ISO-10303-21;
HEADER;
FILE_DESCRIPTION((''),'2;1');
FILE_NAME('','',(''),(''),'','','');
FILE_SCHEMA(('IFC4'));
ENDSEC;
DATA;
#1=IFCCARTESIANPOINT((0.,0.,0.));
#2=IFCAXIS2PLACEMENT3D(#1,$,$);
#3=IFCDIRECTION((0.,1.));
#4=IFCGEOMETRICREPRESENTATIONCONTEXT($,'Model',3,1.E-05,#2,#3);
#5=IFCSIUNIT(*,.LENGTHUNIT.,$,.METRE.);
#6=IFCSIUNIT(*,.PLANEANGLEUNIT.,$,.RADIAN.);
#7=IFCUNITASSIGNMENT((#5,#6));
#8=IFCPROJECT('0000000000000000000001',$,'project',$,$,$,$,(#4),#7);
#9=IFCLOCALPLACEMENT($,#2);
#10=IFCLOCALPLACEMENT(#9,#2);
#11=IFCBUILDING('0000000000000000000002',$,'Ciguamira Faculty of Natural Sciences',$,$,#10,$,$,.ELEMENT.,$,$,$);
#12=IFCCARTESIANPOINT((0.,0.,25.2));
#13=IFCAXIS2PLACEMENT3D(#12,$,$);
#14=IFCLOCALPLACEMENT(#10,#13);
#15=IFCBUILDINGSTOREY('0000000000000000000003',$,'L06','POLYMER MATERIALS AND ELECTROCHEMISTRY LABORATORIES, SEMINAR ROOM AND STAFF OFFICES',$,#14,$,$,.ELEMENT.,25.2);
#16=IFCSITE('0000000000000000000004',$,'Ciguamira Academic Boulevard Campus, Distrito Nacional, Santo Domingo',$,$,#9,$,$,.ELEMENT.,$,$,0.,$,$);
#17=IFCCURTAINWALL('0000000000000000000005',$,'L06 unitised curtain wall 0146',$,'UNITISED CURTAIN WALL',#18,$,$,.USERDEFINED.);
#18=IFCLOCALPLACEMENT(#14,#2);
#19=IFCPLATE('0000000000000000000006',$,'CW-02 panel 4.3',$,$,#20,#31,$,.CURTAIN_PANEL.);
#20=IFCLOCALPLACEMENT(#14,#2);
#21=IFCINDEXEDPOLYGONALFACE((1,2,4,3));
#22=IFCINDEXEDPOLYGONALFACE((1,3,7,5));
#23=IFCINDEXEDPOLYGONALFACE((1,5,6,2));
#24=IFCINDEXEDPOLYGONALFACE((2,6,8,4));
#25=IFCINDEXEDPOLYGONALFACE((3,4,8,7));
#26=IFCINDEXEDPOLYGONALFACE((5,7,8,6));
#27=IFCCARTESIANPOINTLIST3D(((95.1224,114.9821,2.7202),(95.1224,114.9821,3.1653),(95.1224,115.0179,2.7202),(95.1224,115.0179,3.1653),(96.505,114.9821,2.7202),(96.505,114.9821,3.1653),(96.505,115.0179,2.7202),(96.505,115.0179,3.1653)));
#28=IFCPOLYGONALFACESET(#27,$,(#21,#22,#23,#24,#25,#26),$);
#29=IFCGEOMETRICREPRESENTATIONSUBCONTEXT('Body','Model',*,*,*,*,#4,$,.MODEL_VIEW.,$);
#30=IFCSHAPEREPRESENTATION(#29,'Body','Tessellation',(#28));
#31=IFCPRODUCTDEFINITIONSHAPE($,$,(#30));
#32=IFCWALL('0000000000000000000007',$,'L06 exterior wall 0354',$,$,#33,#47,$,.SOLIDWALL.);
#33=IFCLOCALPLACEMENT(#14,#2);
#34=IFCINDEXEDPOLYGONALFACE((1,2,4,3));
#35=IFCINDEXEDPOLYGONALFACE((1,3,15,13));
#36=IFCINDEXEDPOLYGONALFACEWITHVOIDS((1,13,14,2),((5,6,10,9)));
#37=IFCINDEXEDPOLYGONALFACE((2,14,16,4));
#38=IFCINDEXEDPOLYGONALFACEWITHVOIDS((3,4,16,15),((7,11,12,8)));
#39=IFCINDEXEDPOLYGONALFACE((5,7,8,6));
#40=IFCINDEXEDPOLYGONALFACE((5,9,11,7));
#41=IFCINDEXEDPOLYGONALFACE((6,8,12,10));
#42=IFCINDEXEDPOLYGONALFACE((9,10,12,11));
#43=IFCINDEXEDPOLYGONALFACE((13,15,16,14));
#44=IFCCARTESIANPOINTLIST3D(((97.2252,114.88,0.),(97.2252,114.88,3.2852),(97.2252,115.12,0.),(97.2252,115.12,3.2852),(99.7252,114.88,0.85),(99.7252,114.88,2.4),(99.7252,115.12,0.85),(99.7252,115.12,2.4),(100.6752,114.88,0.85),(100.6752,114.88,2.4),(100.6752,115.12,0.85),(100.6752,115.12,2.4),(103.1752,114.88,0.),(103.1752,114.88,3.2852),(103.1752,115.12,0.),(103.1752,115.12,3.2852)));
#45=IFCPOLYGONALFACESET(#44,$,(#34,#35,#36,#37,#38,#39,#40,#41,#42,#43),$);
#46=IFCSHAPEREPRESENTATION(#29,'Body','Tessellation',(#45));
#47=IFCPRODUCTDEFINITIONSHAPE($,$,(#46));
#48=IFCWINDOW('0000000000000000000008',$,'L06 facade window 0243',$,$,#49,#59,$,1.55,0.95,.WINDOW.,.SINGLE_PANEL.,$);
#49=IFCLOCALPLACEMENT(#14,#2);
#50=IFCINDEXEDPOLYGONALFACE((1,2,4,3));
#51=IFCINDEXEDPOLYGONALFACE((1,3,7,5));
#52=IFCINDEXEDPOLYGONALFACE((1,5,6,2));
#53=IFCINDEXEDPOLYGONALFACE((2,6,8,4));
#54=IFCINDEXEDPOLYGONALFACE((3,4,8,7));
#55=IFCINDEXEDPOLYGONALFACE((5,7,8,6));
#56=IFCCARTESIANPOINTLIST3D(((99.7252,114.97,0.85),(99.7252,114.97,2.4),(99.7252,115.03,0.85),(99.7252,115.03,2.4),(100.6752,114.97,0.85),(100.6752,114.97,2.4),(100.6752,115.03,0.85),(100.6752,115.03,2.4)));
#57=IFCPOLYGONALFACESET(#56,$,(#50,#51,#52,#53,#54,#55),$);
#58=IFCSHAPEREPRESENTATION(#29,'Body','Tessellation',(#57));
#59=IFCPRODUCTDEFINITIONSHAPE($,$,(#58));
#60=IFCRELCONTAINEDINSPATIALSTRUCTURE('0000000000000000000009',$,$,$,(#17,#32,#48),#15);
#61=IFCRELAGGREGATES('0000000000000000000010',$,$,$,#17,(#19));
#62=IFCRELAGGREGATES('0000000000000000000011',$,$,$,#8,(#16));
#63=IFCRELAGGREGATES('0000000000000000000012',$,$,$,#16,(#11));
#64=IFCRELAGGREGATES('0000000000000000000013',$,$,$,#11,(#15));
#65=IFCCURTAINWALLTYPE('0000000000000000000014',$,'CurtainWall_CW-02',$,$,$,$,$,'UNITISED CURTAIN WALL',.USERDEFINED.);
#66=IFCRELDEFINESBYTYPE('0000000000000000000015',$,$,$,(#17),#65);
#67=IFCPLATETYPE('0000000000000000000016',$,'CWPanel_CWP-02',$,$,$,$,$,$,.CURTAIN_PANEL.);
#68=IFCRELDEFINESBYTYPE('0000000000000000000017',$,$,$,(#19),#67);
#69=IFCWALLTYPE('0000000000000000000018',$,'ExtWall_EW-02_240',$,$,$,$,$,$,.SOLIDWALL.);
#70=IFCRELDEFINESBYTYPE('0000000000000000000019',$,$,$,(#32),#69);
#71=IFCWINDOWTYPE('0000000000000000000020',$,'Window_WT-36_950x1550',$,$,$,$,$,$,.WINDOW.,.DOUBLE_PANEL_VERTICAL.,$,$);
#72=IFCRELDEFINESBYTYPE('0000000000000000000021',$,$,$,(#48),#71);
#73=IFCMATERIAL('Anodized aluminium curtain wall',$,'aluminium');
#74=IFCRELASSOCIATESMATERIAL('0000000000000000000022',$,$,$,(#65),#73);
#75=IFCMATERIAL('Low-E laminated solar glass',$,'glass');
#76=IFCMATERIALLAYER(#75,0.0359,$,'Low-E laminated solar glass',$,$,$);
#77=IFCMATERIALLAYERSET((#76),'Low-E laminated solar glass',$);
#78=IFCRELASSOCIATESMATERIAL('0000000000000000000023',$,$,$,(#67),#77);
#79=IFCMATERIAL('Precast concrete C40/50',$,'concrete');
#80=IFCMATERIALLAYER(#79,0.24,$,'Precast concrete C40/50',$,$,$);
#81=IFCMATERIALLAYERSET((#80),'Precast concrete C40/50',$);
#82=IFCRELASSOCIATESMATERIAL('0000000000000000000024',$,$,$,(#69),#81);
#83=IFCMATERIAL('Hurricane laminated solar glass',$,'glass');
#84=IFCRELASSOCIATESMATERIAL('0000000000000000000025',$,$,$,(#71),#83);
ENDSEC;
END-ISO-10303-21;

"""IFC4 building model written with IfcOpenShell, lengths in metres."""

from ifc_helpers import new_model, si_unit, direction, frame, frame_2d, origin, origin_2d, place, context, subcontext, project, spatial, rectangle, extrude, material, layer, layer_set, type_object, element, fill, aggregate, save


model = new_model("IFC4")

# Units and contexts
model_context = context("Model", 3, precision=1e-05, world=origin(), true_north=direction((0.0, 1.0)))
body_context = subcontext(model_context, "Body", "Model", "MODEL_VIEW")
ifc_project = project(units=[si_unit("LENGTHUNIT", "METRE"), si_unit("PLANEANGLEUNIT", "RADIAN")], contexts=[model_context])

# Site, building, storey
site_placement = place(None, origin())
site = spatial("IfcSite", under=ifc_project, at=site_placement, Name="Ciguamira Academic Boulevard Campus, Distrito Nacional, Santo Domingo", CompositionType="ELEMENT", RefElevation=0.0)
building_placement = place(site_placement, origin())
building = spatial("IfcBuilding", under=site, at=building_placement, Name="Ciguamira Faculty of Natural Sciences", CompositionType="ELEMENT")
storey_placement = place(building_placement, frame((0.0, 0.0, 25.2)))
storey = spatial("IfcBuildingStorey", under=building, at=storey_placement, Name="L06", Description="POLYMER MATERIALS AND ELECTROCHEMISTRY LABORATORIES, SEMINAR ROOM AND STAFF OFFICES", CompositionType="ELEMENT", Elevation=25.2)

# Curtain wall, plate
ifc_material_1 = material(Name="Anodized aluminium curtain wall", Category="aluminium")
curtain_wall_type = type_object("IfcCurtainWallType", Name="CurtainWall_CW-02", ElementType="UNITISED CURTAIN WALL", PredefinedType="USERDEFINED", material=ifc_material_1)
curtain_wall_placement = place(storey_placement, origin())
curtain_wall = element("IfcCurtainWall", 1, at=curtain_wall_placement, inside=storey, type_object=curtain_wall_type, Name="L06 unitised curtain wall 0146", ObjectType="UNITISED CURTAIN WALL", PredefinedType="USERDEFINED")
ifc_material_2 = material(Name="Low-E laminated solar glass", Category="glass")
ifc_layer_1 = layer(ifc_material_2, 0.0359, Name="Low-E laminated solar glass")
ifc_layer_set_1 = layer_set([ifc_layer_1], Name="Low-E laminated solar glass")
plate_type = type_object("IfcPlateType", Name="CWPanel_CWP-02", PredefinedType="CURTAIN_PANEL", material=ifc_layer_set_1)
plate_1_placement = place(storey_placement, frame((95.8137, 115.0, 2.7202), z_axis=(0.0, 0.0, 1.0), x_axis=(1.0, 0.0, 0.0)))
plate_1 = element("IfcPlate", 2, at=plate_1_placement, type_object=plate_type, Name="CW-02 panel 4.3", PredefinedType="CURTAIN_PANEL", context=body_context, shape_type="SweptSolid", body=[
    extrude(rectangle(XDim=1.3826, YDim=0.0359, at=origin_2d()), origin(), (0.0, 0.0, 1.0), 0.4451),
])
aggregate(curtain_wall, [plate_1])

# Wall, opening, window
ifc_material_3 = material(Name="Precast concrete C40/50", Category="concrete")
ifc_layer_2 = layer(ifc_material_3, 0.24, Name="Precast concrete C40/50")
ifc_layer_set_2 = layer_set([ifc_layer_2], Name="Precast concrete C40/50")
wall_type = type_object("IfcWallType", Name="ExtWall_EW-02_240", PredefinedType="SOLIDWALL", material=ifc_layer_set_2)
wall_placement = place(storey_placement, frame((97.2251, 115.0, 0.0), z_axis=(0.0, 0.0, 1.0), x_axis=(1.0, 0.0, 0.0)))
wall = element("IfcWall", 3, at=wall_placement, inside=storey, type_object=wall_type, Name="L06 exterior wall 0354", PredefinedType="SOLIDWALL", context=body_context, shape_type="SweptSolid", body=[
    extrude(rectangle(XDim=5.95, YDim=0.24, at=frame_2d((2.9751, 0.0))), origin(), (0.0, 0.0, 1.0), 3.2852),
])
opening_placement = place(wall_placement, frame((2.5, 0.0, 0.8501)))
opening = element("IfcOpeningElement", 4, at=opening_placement, cuts=wall, PredefinedType="OPENING", context=body_context, shape_type="SweptSolid", body=[
    extrude(rectangle(XDim=0.95, YDim=1.55, at=frame_2d((0.4751, 0.7749))), frame((0.0, 0.1299, 0.0), z_axis=(0.0, -1.0, 0.0), x_axis=(1.0, 0.0, 0.0)), (0.0, 0.0, 1.0), 0.26),
])
ifc_material_4 = material(Name="Hurricane laminated solar glass", Category="glass")
window_type = type_object("IfcWindowType", Name="Window_WT-36_950x1550", PartitioningType="DOUBLE_PANEL_VERTICAL", PredefinedType="WINDOW", material=ifc_material_4)
window_placement = place(opening_placement, origin())
window = element("IfcWindow", 5, at=window_placement, inside=storey, type_object=window_type, Name="L06 facade window 0243", OverallHeight=1.55, OverallWidth=0.95, PartitioningType="SINGLE_PANEL", PredefinedType="WINDOW", context=body_context, shape_type="SweptSolid", body=[
    extrude(rectangle(XDim=0.95, YDim=1.55, at=frame_2d((0.4751, 0.7749))), frame((0.0, 0.03, 0.0), z_axis=(0.0, -1.0, 0.0), x_axis=(1.0, 0.0, 0.0)), (0.0, 0.0, 1.0), 0.0601),
])
fill(opening, window)

save(model, "model.ifc")
